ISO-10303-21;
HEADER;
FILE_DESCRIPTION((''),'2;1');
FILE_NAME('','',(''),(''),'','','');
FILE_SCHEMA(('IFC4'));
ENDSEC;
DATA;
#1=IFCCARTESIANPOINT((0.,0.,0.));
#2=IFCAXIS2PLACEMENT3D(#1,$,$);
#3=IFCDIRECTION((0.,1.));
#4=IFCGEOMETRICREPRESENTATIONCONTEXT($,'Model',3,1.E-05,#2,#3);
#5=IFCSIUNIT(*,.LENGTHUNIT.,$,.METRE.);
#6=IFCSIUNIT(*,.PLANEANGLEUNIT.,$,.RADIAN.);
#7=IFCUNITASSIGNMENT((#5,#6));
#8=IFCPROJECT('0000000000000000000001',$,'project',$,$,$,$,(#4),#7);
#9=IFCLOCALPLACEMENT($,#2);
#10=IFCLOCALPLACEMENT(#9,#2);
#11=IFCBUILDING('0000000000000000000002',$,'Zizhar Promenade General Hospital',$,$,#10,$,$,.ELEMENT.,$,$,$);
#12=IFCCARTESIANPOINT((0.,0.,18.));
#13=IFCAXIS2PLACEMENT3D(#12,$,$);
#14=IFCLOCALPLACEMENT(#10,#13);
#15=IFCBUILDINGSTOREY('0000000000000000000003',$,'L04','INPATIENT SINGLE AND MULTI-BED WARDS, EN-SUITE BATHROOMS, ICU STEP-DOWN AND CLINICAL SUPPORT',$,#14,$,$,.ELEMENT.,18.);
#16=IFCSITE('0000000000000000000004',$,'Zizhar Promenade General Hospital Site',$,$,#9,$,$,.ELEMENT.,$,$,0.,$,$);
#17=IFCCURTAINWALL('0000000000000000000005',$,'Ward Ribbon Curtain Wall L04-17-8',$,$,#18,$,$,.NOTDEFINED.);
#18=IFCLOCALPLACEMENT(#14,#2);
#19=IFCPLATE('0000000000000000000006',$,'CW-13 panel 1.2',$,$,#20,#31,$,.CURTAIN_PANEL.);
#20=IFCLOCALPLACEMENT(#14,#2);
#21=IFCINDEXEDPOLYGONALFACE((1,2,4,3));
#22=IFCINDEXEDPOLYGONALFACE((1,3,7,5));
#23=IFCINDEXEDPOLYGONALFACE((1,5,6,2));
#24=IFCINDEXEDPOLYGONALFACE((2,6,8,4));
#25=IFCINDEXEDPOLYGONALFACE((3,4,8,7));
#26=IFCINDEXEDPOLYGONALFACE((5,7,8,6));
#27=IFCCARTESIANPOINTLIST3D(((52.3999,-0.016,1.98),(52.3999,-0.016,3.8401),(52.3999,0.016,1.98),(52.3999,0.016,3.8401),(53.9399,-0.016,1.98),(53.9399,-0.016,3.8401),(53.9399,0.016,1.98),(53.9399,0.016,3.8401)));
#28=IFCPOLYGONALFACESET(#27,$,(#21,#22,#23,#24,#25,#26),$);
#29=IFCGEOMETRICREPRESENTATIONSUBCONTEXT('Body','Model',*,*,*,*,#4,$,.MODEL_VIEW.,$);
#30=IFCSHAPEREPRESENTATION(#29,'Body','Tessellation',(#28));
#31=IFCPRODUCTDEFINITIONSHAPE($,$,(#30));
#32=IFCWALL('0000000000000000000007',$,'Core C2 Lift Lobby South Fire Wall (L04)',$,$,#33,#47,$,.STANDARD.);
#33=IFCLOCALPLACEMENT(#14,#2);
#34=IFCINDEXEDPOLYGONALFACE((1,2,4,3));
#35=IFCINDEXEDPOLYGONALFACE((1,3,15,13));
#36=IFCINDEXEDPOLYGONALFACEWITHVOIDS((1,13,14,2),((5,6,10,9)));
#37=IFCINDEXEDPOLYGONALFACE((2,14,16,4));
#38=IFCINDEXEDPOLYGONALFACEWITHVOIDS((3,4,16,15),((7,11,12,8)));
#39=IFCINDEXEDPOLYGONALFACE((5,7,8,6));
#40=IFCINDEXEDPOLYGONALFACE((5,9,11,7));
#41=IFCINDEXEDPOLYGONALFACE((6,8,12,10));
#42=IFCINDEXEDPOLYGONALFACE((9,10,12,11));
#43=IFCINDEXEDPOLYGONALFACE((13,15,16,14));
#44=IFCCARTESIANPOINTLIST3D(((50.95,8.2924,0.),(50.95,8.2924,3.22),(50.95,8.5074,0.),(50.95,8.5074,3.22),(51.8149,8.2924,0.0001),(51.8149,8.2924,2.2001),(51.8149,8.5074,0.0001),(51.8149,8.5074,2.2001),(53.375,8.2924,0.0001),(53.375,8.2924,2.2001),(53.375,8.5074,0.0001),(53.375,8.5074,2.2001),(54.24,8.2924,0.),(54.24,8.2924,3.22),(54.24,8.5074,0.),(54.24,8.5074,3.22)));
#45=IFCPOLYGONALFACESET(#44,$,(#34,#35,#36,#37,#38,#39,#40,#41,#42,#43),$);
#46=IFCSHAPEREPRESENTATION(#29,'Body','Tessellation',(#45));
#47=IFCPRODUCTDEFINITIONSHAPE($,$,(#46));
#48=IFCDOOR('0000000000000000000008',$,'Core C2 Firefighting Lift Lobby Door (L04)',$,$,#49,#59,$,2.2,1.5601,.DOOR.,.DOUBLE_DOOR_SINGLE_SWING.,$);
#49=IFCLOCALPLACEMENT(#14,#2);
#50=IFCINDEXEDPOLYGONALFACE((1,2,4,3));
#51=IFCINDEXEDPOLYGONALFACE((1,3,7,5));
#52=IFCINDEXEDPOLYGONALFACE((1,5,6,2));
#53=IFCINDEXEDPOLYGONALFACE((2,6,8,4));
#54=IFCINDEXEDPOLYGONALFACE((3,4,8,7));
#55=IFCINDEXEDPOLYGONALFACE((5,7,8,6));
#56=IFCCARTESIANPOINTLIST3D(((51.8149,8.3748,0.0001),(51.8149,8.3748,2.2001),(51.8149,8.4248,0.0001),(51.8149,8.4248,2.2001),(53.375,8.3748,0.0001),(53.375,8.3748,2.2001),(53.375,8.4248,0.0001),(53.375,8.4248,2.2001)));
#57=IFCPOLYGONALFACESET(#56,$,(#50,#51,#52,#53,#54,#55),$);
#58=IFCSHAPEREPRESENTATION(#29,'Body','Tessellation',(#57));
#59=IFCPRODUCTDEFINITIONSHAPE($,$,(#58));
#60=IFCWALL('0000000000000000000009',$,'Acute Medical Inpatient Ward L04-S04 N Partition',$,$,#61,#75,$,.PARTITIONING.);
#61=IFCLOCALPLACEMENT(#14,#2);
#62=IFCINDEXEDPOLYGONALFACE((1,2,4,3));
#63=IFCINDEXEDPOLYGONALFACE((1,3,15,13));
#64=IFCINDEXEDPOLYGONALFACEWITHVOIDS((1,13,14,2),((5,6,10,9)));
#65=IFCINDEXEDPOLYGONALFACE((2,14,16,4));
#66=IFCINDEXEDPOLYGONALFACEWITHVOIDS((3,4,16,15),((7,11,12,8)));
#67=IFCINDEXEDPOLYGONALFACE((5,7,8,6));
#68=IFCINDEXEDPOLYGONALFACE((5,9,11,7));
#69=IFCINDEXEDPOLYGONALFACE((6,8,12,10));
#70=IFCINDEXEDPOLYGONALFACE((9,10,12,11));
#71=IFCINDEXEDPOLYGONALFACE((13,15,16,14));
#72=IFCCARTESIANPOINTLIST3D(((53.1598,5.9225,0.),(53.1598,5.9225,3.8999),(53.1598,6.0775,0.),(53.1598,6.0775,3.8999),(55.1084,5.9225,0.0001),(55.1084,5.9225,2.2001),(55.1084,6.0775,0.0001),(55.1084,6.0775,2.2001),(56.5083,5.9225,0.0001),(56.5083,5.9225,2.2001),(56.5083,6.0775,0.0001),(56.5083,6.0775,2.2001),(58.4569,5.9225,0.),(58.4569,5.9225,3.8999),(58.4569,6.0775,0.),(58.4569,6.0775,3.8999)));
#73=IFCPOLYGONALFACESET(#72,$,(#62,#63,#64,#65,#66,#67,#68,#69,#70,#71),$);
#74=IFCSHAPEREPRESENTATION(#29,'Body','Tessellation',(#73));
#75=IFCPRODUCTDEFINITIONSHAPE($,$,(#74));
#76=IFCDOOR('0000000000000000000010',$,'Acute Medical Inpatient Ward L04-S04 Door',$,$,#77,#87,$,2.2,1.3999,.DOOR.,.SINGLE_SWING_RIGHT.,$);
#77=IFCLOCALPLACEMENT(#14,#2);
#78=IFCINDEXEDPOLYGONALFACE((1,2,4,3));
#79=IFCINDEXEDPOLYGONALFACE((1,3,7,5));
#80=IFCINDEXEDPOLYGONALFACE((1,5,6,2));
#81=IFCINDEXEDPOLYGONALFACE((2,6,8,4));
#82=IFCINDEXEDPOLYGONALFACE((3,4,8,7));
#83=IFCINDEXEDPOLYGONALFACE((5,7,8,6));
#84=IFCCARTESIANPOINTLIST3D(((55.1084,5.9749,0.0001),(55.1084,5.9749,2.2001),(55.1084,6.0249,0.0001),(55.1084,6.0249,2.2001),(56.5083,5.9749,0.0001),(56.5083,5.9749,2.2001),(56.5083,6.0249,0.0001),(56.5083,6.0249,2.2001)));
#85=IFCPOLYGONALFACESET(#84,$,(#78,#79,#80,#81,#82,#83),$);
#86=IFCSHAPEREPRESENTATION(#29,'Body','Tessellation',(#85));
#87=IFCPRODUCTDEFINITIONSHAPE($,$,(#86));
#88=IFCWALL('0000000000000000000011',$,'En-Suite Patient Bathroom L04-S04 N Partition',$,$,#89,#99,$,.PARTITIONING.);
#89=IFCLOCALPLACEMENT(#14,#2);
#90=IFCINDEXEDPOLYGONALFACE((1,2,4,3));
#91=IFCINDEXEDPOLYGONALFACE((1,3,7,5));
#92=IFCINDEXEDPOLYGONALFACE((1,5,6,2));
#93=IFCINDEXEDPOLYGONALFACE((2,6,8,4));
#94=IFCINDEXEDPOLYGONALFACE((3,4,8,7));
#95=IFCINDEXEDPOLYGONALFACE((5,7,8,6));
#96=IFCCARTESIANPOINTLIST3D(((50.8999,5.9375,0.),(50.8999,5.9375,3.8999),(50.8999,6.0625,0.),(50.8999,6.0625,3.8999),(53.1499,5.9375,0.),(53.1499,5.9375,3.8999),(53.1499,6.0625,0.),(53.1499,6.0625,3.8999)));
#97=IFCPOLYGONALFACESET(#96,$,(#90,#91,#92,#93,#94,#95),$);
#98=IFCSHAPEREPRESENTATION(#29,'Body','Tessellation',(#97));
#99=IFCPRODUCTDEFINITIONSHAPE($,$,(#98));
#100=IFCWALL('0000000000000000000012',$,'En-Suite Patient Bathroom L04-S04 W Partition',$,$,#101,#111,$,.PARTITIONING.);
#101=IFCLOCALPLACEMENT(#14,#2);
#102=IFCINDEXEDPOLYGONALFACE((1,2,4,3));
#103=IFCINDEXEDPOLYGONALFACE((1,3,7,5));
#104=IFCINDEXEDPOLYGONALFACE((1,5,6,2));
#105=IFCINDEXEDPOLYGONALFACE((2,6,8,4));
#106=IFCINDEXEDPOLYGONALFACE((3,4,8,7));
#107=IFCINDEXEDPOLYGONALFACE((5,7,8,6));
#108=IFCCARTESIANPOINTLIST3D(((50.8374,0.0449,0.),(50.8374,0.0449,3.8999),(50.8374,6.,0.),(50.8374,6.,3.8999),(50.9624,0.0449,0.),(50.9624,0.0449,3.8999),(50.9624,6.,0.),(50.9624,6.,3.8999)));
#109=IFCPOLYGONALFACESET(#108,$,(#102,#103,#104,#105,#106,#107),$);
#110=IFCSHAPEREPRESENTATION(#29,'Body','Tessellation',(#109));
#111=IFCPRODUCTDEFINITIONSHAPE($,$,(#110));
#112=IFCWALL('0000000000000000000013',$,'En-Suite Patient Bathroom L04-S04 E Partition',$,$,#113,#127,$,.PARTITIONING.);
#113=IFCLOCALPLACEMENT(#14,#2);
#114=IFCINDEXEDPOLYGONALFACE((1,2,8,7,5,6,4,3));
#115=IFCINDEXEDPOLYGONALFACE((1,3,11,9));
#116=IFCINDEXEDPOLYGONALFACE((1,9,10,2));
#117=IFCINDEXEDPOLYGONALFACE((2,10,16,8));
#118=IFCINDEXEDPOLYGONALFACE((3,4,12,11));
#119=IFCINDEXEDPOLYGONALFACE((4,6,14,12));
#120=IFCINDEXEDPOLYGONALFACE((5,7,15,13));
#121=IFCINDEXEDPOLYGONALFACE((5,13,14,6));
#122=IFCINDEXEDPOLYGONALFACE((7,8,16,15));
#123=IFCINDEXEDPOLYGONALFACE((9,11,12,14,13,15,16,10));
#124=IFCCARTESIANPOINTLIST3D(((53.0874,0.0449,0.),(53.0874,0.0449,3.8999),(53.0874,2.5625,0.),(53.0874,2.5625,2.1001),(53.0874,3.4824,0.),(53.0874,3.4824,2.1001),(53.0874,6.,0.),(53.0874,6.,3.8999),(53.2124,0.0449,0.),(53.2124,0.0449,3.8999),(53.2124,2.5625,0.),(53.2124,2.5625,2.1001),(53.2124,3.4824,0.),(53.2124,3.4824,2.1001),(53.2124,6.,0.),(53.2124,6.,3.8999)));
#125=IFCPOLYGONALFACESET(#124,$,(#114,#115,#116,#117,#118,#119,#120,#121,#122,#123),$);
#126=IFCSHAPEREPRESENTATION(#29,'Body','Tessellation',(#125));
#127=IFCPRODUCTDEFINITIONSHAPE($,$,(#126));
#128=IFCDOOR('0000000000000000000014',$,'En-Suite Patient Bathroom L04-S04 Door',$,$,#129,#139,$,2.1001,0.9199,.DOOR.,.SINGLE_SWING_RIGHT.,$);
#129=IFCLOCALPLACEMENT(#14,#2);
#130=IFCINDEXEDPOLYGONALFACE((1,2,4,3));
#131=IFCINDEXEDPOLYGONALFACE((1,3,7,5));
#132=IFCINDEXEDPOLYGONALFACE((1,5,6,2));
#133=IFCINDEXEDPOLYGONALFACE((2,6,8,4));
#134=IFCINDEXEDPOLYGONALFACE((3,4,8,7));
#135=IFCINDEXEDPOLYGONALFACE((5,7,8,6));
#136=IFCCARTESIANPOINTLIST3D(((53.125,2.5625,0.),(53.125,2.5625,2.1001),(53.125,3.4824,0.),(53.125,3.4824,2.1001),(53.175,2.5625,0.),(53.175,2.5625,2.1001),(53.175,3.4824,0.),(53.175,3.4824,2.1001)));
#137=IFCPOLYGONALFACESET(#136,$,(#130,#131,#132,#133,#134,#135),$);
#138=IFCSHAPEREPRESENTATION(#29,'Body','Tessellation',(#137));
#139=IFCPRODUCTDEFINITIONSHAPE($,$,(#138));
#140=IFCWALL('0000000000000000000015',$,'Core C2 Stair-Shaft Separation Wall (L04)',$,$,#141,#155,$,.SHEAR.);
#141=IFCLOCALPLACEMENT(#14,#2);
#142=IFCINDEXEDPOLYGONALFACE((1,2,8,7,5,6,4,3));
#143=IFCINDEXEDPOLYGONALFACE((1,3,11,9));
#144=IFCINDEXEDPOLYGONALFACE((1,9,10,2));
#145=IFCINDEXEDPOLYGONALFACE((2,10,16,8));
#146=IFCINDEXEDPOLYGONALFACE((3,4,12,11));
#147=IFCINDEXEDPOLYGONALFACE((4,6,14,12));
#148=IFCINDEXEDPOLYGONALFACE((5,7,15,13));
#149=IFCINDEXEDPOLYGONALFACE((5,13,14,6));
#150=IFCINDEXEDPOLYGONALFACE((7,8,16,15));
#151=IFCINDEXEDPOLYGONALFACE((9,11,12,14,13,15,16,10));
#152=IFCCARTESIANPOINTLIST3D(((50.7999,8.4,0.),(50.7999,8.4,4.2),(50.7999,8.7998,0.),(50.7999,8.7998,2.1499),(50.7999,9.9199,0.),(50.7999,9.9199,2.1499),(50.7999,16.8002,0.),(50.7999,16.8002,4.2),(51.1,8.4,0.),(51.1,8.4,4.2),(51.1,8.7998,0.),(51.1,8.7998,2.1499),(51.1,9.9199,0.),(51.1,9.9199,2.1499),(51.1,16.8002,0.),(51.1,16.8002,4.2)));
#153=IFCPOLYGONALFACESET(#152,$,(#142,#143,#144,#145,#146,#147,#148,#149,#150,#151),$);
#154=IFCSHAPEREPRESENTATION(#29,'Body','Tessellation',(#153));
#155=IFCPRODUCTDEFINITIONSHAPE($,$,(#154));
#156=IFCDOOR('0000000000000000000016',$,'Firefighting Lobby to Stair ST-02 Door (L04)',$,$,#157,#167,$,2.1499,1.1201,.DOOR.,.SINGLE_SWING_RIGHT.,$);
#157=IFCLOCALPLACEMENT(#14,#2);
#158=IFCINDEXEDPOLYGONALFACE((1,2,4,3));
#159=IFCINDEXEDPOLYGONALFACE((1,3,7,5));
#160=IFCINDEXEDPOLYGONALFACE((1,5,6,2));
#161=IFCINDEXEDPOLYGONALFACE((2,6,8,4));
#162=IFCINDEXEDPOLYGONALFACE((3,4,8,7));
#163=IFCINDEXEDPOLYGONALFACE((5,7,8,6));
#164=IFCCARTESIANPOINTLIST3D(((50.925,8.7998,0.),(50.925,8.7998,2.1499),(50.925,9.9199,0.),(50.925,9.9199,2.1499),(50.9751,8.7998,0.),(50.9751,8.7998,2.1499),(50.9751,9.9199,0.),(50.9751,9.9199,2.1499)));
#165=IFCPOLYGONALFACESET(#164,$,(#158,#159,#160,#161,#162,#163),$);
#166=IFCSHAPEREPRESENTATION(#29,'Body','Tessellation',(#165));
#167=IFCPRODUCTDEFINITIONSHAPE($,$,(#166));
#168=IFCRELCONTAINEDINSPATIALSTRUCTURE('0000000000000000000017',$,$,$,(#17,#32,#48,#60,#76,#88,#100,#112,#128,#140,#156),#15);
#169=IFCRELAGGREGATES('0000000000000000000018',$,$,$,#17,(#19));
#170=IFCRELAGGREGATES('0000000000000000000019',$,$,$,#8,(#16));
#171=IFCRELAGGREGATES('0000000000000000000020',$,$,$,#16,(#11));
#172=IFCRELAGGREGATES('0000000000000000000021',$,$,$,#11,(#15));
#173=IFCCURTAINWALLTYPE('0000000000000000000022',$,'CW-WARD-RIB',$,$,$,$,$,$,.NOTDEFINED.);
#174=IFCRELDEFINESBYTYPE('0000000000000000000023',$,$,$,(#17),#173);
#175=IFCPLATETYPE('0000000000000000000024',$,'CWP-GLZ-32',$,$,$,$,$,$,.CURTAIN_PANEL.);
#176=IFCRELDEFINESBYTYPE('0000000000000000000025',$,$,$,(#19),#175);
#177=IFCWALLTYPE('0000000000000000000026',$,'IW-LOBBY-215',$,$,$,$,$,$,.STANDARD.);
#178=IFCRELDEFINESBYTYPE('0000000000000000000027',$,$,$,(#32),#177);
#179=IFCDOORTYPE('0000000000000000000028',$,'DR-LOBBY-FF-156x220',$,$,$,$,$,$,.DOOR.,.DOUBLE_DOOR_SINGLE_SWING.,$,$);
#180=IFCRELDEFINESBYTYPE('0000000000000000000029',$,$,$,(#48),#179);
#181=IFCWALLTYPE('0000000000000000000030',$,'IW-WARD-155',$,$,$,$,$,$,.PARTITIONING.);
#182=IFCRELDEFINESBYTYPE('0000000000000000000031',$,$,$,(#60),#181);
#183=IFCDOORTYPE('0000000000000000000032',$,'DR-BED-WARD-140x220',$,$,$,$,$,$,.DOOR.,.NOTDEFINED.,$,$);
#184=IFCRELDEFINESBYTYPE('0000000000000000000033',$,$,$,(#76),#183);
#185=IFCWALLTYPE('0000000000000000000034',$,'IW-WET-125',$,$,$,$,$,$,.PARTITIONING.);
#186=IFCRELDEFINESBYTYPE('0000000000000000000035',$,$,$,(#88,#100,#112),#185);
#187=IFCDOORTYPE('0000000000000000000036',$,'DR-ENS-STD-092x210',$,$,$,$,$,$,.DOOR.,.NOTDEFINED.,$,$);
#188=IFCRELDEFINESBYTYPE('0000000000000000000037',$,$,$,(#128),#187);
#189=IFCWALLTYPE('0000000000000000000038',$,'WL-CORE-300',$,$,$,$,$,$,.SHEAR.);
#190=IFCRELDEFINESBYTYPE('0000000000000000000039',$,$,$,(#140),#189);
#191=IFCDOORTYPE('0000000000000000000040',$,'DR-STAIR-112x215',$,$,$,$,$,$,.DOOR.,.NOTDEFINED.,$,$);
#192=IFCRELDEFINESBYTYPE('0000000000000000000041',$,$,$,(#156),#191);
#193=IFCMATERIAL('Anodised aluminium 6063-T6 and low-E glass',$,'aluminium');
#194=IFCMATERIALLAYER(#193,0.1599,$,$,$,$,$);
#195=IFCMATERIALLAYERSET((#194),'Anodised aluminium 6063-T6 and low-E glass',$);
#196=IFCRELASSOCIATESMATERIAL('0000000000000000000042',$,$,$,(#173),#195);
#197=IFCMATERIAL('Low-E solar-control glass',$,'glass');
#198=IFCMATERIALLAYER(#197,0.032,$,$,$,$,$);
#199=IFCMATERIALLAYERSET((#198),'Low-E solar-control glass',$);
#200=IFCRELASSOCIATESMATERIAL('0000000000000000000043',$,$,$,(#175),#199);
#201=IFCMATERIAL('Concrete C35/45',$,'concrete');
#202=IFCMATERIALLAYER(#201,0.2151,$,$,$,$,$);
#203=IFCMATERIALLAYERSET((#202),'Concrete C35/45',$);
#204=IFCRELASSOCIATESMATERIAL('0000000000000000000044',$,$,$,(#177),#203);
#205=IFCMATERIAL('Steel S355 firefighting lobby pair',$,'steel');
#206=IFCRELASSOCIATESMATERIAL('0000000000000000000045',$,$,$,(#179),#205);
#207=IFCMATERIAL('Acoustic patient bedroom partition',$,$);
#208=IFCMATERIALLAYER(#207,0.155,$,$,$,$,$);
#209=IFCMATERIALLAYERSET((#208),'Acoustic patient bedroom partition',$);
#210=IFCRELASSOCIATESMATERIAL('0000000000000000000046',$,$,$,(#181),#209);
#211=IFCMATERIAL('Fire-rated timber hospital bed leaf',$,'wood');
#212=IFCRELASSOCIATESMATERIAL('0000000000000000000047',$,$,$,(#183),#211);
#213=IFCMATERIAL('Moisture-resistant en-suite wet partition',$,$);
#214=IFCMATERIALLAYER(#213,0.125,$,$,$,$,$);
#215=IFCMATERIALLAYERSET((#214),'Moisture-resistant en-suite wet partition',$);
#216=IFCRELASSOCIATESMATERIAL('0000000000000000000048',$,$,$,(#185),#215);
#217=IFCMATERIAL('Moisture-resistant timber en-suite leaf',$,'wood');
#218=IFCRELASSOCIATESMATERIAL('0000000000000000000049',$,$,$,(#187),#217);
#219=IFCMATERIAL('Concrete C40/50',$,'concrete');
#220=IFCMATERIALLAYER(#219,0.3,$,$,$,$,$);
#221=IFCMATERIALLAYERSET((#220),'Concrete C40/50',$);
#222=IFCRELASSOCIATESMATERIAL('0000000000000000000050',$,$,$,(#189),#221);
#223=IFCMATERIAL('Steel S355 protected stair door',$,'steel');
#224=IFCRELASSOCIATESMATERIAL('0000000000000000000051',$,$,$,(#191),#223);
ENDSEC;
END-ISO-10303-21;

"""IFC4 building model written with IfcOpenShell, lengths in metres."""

from ifc_helpers import new_model, si_unit, direction, frame, frame_2d, origin, origin_2d, place, context, subcontext, project, spatial, rectangle, extrude, material, layer, layer_set, type_object, element, fill, aggregate, save


model = new_model("IFC4")

# Units and contexts
model_context = context("Model", 3, precision=1e-05, world=origin(), true_north=direction((0.0, 1.0)))
body_context = subcontext(model_context, "Body", "Model", "MODEL_VIEW")
ifc_project = project(units=[si_unit("LENGTHUNIT", "METRE"), si_unit("PLANEANGLEUNIT", "RADIAN")], contexts=[model_context])

# Site, building, storey
site_placement = place(None, origin())
site = spatial("IfcSite", under=ifc_project, at=site_placement, Name="Zizhar Promenade General Hospital Site", CompositionType="ELEMENT", RefElevation=0.0)
building_placement = place(site_placement, origin())
building = spatial("IfcBuilding", under=site, at=building_placement, Name="Zizhar Promenade General Hospital", CompositionType="ELEMENT")
storey_placement = place(building_placement, frame((0.0, 0.0, 18.0)))
storey = spatial("IfcBuildingStorey", under=building, at=storey_placement, Name="L04", Description="INPATIENT SINGLE AND MULTI-BED WARDS, EN-SUITE BATHROOMS, ICU STEP-DOWN AND CLINICAL SUPPORT", CompositionType="ELEMENT", Elevation=18.0)

# Curtain wall, plate
ifc_material_1 = material(Name="Anodised aluminium 6063-T6 and low-E glass", Category="aluminium")
ifc_layer_1 = layer(ifc_material_1, 0.1599)
ifc_layer_set_1 = layer_set([ifc_layer_1], Name="Anodised aluminium 6063-T6 and low-E glass")
curtain_wall_type = type_object("IfcCurtainWallType", Name="CW-WARD-RIB", PredefinedType="NOTDEFINED", material=ifc_layer_set_1)
curtain_wall_placement = place(storey_placement, origin())
curtain_wall = element("IfcCurtainWall", 1, at=curtain_wall_placement, inside=storey, type_object=curtain_wall_type, Name="Ward Ribbon Curtain Wall L04-17-8", PredefinedType="NOTDEFINED")
ifc_material_2 = material(Name="Low-E solar-control glass", Category="glass")
ifc_layer_2 = layer(ifc_material_2, 0.032)
ifc_layer_set_2 = layer_set([ifc_layer_2], Name="Low-E solar-control glass")
plate_type = type_object("IfcPlateType", Name="CWP-GLZ-32", PredefinedType="CURTAIN_PANEL", material=ifc_layer_set_2)
plate_1_placement = place(storey_placement, frame((53.1699, 0.0, 1.98), z_axis=(0.0, 0.0, 1.0), x_axis=(-1.0, 0.0, 0.0)))
plate_1 = element("IfcPlate", 2, at=plate_1_placement, type_object=plate_type, Name="CW-13 panel 1.2", PredefinedType="CURTAIN_PANEL", context=body_context, shape_type="SweptSolid", body=[
    extrude(rectangle(XDim=1.54, YDim=0.032, at=origin_2d()), origin(), (0.0, 0.0, 1.0), 1.8601),
])
aggregate(curtain_wall, [plate_1])

# Walls, openings, doors
ifc_material_3 = material(Name="Concrete C35/45", Category="concrete")
ifc_layer_3 = layer(ifc_material_3, 0.2151)
ifc_layer_set_3 = layer_set([ifc_layer_3], Name="Concrete C35/45")
wall_type_1 = type_object("IfcWallType", Name="IW-LOBBY-215", PredefinedType="STANDARD", material=ifc_layer_set_3)
wall_1_placement = place(storey_placement, frame((50.95, 8.3999, 0.0), z_axis=(0.0, 0.0, 1.0), x_axis=(1.0, 0.0, 0.0)))
wall_1 = element("IfcWall", 3, at=wall_1_placement, inside=storey, type_object=wall_type_1, Name="Core C2 Lift Lobby South Fire Wall (L04)", PredefinedType="STANDARD", context=body_context, shape_type="SweptSolid", body=[
    extrude(rectangle(XDim=3.29, YDim=0.2151, at=frame_2d((1.645, 0.0))), origin(), (0.0, 0.0, 1.0), 3.22),
])
opening_1_placement = place(wall_1_placement, frame((0.865, 0.0, 0.0)))
opening_1 = element("IfcOpeningElement", 4, at=opening_1_placement, cuts=wall_1, PredefinedType="OPENING", context=body_context, shape_type="SweptSolid", body=[
    extrude(rectangle(XDim=1.5601, YDim=2.2, at=frame_2d((0.78, 1.1001))), frame((0.0, 0.1177, 0.0), z_axis=(0.0, -1.0, 0.0), x_axis=(1.0, 0.0, 0.0)), (0.0, 0.0, 1.0), 0.2351),
])
ifc_material_4 = material(Name="Steel S355 firefighting lobby pair", Category="steel")
door_type_1 = type_object("IfcDoorType", Name="DR-LOBBY-FF-156x220", OperationType="DOUBLE_DOOR_SINGLE_SWING", PredefinedType="DOOR", material=ifc_material_4)
door_1_placement = place(opening_1_placement, origin())
door_1 = element("IfcDoor", 5, at=door_1_placement, inside=storey, type_object=door_type_1, Name="Core C2 Firefighting Lift Lobby Door (L04)", OperationType="DOUBLE_DOOR_SINGLE_SWING", OverallHeight=2.2, OverallWidth=1.5601, PredefinedType="DOOR", context=body_context, shape_type="SweptSolid", body=[
    extrude(rectangle(XDim=1.5601, YDim=2.2, at=frame_2d((0.78, 1.1001))), frame((0.0, 0.0249, 0.0), z_axis=(0.0, -1.0, 0.0), x_axis=(1.0, 0.0, 0.0)), (0.0, 0.0, 1.0), 0.05),
])
fill(opening_1, door_1)
ifc_material_5 = material(Name="Acoustic patient bedroom partition")
ifc_layer_4 = layer(ifc_material_5, 0.155)
ifc_layer_set_4 = layer_set([ifc_layer_4], Name="Acoustic patient bedroom partition")
wall_type_2 = type_object("IfcWallType", Name="IW-WARD-155", PredefinedType="PARTITIONING", material=ifc_layer_set_4)
wall_2_placement = place(storey_placement, frame((53.1599, 6.0, 0.0), z_axis=(0.0, 0.0, 1.0), x_axis=(1.0, 0.0, 0.0)))
wall_2 = element("IfcWall", 6, at=wall_2_placement, inside=storey, type_object=wall_type_2, Name="Acute Medical Inpatient Ward L04-S04 N Partition", PredefinedType="PARTITIONING", context=body_context, shape_type="SweptSolid", body=[
    extrude(rectangle(XDim=5.2971, YDim=0.155, at=frame_2d((2.6484, 0.0))), origin(), (0.0, 0.0, 1.0), 3.8999),
])
opening_2_placement = place(wall_2_placement, frame((1.9485, 0.0, 0.0)))
opening_2 = element("IfcOpeningElement", 7, at=opening_2_placement, cuts=wall_2, PredefinedType="OPENING", context=body_context, shape_type="SweptSolid", body=[
    extrude(rectangle(XDim=1.3999, YDim=2.2, at=frame_2d((0.7, 1.1001))), frame((0.0, 0.0874, 0.0), z_axis=(0.0, -1.0, 0.0), x_axis=(1.0, 0.0, 0.0)), (0.0, 0.0, 1.0), 0.175),
])
ifc_material_6 = material(Name="Fire-rated timber hospital bed leaf", Category="wood")
door_type_2 = type_object("IfcDoorType", Name="DR-BED-WARD-140x220", OperationType="NOTDEFINED", PredefinedType="DOOR", material=ifc_material_6)
door_2_placement = place(opening_2_placement, origin())
door_2 = element("IfcDoor", 8, at=door_2_placement, inside=storey, type_object=door_type_2, Name="Acute Medical Inpatient Ward L04-S04 Door", OperationType="SINGLE_SWING_RIGHT", OverallHeight=2.2, OverallWidth=1.3999, PredefinedType="DOOR", context=body_context, shape_type="SweptSolid", body=[
    extrude(rectangle(XDim=1.3999, YDim=2.2, at=frame_2d((0.7, 1.1001))), frame((0.0, 0.0249, 0.0), z_axis=(0.0, -1.0, 0.0), x_axis=(1.0, 0.0, 0.0)), (0.0, 0.0, 1.0), 0.05),
])
fill(opening_2, door_2)

# Walls
ifc_material_7 = material(Name="Moisture-resistant en-suite wet partition")
ifc_layer_5 = layer(ifc_material_7, 0.125)
ifc_layer_set_5 = layer_set([ifc_layer_5], Name="Moisture-resistant en-suite wet partition")
wall_type_3 = type_object("IfcWallType", Name="IW-WET-125", PredefinedType="PARTITIONING", material=ifc_layer_set_5)
wall_3_placement = place(storey_placement, frame((50.8999, 6.0, 0.0), z_axis=(0.0, 0.0, 1.0), x_axis=(1.0, 0.0, 0.0)))
element("IfcWall", 9, at=wall_3_placement, inside=storey, type_object=wall_type_3, Name="En-Suite Patient Bathroom L04-S04 N Partition", PredefinedType="PARTITIONING", context=body_context, shape_type="SweptSolid", body=[
    extrude(rectangle(XDim=2.25, YDim=0.125, at=frame_2d((1.125, 0.0))), origin(), (0.0, 0.0, 1.0), 3.8999),
])
wall_4_placement = place(storey_placement, frame((50.8999, 0.0449, 0.0), z_axis=(0.0, 0.0, 1.0), x_axis=(0.0, 1.0, 0.0)))
element("IfcWall", 10, at=wall_4_placement, inside=storey, type_object=wall_type_3, Name="En-Suite Patient Bathroom L04-S04 W Partition", PredefinedType="PARTITIONING", context=body_context, shape_type="SweptSolid", body=[
    extrude(rectangle(XDim=5.9551, YDim=0.125, at=frame_2d((2.9775, 0.0))), origin(), (0.0, 0.0, 1.0), 3.8999),
])

# Walls, openings, doors
wall_5_placement = place(storey_placement, frame((53.1499, 0.0449, 0.0), z_axis=(0.0, 0.0, 1.0), x_axis=(0.0, 1.0, 0.0)))
wall_5 = element("IfcWall", 11, at=wall_5_placement, inside=storey, type_object=wall_type_3, Name="En-Suite Patient Bathroom L04-S04 E Partition", PredefinedType="PARTITIONING", context=body_context, shape_type="SweptSolid", body=[
    extrude(rectangle(XDim=5.9551, YDim=0.125, at=frame_2d((2.9775, 0.0))), origin(), (0.0, 0.0, 1.0), 3.8999),
])
opening_3_placement = place(wall_5_placement, frame((2.5176, 0.0, 0.0)))
opening_3 = element("IfcOpeningElement", 12, at=opening_3_placement, cuts=wall_5, PredefinedType="OPENING", context=body_context, shape_type="SweptSolid", body=[
    extrude(rectangle(XDim=0.9199, YDim=2.1001, at=frame_2d((0.46, 1.05))), frame((0.0, 0.0725, 0.0), z_axis=(0.0, -1.0, 0.0), x_axis=(1.0, 0.0, 0.0)), (0.0, 0.0, 1.0), 0.145),
])
ifc_material_8 = material(Name="Moisture-resistant timber en-suite leaf", Category="wood")
door_type_3 = type_object("IfcDoorType", Name="DR-ENS-STD-092x210", OperationType="NOTDEFINED", PredefinedType="DOOR", material=ifc_material_8)
door_3_placement = place(opening_3_placement, origin())
door_3 = element("IfcDoor", 13, at=door_3_placement, inside=storey, type_object=door_type_3, Name="En-Suite Patient Bathroom L04-S04 Door", OperationType="SINGLE_SWING_RIGHT", OverallHeight=2.1001, OverallWidth=0.9199, PredefinedType="DOOR", context=body_context, shape_type="SweptSolid", body=[
    extrude(rectangle(XDim=0.9199, YDim=2.1001, at=frame_2d((0.46, 1.05))), frame((0.0, 0.0249, 0.0), z_axis=(0.0, -1.0, 0.0), x_axis=(1.0, 0.0, 0.0)), (0.0, 0.0, 1.0), 0.05),
])
fill(opening_3, door_3)
ifc_material_9 = material(Name="Concrete C40/50", Category="concrete")
ifc_layer_6 = layer(ifc_material_9, 0.3)
ifc_layer_set_6 = layer_set([ifc_layer_6], Name="Concrete C40/50")
wall_type_4 = type_object("IfcWallType", Name="WL-CORE-300", PredefinedType="SHEAR", material=ifc_layer_set_6)
ifc_material_10 = material(Name="Steel S355 protected stair door", Category="steel")
door_type_4 = type_object("IfcDoorType", Name="DR-STAIR-112x215", OperationType="NOTDEFINED", PredefinedType="DOOR", material=ifc_material_10)
wall_6_placement = place(storey_placement, frame((50.95, 8.3999, 0.0), z_axis=(0.0, 0.0, 1.0), x_axis=(0.0, 1.0, 0.0)))
wall_6 = element("IfcWall", 14, at=wall_6_placement, inside=storey, type_object=wall_type_4, Name="Core C2 Stair-Shaft Separation Wall (L04)", PredefinedType="SHEAR", context=body_context, shape_type="SweptSolid", body=[
    extrude(rectangle(XDim=8.4001, YDim=0.3, at=frame_2d((4.2002, 0.0))), origin(), (0.0, 0.0, 1.0), 4.2),
])
opening_4_placement = place(wall_6_placement, frame((0.3999, 0.0, 0.0)))
opening_4 = element("IfcOpeningElement", 15, at=opening_4_placement, cuts=wall_6, PredefinedType="OPENING", context=body_context, shape_type="SweptSolid", body=[
    extrude(rectangle(XDim=1.1201, YDim=2.1499, at=frame_2d((0.5601, 1.075))), frame((0.0, 0.1602, 0.0), z_axis=(0.0, -1.0, 0.0), x_axis=(1.0, 0.0, 0.0)), (0.0, 0.0, 1.0), 0.3201),
])
door_4_placement = place(opening_4_placement, origin())
door_4 = element("IfcDoor", 16, at=door_4_placement, inside=storey, type_object=door_type_4, Name="Firefighting Lobby to Stair ST-02 Door (L04)", OperationType="SINGLE_SWING_RIGHT", OverallHeight=2.1499, OverallWidth=1.1201, PredefinedType="DOOR", context=body_context, shape_type="SweptSolid", body=[
    extrude(rectangle(XDim=1.1201, YDim=2.1499, at=frame_2d((0.5601, 1.075))), frame((0.0, 0.0249, 0.0), z_axis=(0.0, -1.0, 0.0), x_axis=(1.0, 0.0, 0.0)), (0.0, 0.0, 1.0), 0.05),
])
fill(opening_4, door_4)

save(model, "model.ifc")
